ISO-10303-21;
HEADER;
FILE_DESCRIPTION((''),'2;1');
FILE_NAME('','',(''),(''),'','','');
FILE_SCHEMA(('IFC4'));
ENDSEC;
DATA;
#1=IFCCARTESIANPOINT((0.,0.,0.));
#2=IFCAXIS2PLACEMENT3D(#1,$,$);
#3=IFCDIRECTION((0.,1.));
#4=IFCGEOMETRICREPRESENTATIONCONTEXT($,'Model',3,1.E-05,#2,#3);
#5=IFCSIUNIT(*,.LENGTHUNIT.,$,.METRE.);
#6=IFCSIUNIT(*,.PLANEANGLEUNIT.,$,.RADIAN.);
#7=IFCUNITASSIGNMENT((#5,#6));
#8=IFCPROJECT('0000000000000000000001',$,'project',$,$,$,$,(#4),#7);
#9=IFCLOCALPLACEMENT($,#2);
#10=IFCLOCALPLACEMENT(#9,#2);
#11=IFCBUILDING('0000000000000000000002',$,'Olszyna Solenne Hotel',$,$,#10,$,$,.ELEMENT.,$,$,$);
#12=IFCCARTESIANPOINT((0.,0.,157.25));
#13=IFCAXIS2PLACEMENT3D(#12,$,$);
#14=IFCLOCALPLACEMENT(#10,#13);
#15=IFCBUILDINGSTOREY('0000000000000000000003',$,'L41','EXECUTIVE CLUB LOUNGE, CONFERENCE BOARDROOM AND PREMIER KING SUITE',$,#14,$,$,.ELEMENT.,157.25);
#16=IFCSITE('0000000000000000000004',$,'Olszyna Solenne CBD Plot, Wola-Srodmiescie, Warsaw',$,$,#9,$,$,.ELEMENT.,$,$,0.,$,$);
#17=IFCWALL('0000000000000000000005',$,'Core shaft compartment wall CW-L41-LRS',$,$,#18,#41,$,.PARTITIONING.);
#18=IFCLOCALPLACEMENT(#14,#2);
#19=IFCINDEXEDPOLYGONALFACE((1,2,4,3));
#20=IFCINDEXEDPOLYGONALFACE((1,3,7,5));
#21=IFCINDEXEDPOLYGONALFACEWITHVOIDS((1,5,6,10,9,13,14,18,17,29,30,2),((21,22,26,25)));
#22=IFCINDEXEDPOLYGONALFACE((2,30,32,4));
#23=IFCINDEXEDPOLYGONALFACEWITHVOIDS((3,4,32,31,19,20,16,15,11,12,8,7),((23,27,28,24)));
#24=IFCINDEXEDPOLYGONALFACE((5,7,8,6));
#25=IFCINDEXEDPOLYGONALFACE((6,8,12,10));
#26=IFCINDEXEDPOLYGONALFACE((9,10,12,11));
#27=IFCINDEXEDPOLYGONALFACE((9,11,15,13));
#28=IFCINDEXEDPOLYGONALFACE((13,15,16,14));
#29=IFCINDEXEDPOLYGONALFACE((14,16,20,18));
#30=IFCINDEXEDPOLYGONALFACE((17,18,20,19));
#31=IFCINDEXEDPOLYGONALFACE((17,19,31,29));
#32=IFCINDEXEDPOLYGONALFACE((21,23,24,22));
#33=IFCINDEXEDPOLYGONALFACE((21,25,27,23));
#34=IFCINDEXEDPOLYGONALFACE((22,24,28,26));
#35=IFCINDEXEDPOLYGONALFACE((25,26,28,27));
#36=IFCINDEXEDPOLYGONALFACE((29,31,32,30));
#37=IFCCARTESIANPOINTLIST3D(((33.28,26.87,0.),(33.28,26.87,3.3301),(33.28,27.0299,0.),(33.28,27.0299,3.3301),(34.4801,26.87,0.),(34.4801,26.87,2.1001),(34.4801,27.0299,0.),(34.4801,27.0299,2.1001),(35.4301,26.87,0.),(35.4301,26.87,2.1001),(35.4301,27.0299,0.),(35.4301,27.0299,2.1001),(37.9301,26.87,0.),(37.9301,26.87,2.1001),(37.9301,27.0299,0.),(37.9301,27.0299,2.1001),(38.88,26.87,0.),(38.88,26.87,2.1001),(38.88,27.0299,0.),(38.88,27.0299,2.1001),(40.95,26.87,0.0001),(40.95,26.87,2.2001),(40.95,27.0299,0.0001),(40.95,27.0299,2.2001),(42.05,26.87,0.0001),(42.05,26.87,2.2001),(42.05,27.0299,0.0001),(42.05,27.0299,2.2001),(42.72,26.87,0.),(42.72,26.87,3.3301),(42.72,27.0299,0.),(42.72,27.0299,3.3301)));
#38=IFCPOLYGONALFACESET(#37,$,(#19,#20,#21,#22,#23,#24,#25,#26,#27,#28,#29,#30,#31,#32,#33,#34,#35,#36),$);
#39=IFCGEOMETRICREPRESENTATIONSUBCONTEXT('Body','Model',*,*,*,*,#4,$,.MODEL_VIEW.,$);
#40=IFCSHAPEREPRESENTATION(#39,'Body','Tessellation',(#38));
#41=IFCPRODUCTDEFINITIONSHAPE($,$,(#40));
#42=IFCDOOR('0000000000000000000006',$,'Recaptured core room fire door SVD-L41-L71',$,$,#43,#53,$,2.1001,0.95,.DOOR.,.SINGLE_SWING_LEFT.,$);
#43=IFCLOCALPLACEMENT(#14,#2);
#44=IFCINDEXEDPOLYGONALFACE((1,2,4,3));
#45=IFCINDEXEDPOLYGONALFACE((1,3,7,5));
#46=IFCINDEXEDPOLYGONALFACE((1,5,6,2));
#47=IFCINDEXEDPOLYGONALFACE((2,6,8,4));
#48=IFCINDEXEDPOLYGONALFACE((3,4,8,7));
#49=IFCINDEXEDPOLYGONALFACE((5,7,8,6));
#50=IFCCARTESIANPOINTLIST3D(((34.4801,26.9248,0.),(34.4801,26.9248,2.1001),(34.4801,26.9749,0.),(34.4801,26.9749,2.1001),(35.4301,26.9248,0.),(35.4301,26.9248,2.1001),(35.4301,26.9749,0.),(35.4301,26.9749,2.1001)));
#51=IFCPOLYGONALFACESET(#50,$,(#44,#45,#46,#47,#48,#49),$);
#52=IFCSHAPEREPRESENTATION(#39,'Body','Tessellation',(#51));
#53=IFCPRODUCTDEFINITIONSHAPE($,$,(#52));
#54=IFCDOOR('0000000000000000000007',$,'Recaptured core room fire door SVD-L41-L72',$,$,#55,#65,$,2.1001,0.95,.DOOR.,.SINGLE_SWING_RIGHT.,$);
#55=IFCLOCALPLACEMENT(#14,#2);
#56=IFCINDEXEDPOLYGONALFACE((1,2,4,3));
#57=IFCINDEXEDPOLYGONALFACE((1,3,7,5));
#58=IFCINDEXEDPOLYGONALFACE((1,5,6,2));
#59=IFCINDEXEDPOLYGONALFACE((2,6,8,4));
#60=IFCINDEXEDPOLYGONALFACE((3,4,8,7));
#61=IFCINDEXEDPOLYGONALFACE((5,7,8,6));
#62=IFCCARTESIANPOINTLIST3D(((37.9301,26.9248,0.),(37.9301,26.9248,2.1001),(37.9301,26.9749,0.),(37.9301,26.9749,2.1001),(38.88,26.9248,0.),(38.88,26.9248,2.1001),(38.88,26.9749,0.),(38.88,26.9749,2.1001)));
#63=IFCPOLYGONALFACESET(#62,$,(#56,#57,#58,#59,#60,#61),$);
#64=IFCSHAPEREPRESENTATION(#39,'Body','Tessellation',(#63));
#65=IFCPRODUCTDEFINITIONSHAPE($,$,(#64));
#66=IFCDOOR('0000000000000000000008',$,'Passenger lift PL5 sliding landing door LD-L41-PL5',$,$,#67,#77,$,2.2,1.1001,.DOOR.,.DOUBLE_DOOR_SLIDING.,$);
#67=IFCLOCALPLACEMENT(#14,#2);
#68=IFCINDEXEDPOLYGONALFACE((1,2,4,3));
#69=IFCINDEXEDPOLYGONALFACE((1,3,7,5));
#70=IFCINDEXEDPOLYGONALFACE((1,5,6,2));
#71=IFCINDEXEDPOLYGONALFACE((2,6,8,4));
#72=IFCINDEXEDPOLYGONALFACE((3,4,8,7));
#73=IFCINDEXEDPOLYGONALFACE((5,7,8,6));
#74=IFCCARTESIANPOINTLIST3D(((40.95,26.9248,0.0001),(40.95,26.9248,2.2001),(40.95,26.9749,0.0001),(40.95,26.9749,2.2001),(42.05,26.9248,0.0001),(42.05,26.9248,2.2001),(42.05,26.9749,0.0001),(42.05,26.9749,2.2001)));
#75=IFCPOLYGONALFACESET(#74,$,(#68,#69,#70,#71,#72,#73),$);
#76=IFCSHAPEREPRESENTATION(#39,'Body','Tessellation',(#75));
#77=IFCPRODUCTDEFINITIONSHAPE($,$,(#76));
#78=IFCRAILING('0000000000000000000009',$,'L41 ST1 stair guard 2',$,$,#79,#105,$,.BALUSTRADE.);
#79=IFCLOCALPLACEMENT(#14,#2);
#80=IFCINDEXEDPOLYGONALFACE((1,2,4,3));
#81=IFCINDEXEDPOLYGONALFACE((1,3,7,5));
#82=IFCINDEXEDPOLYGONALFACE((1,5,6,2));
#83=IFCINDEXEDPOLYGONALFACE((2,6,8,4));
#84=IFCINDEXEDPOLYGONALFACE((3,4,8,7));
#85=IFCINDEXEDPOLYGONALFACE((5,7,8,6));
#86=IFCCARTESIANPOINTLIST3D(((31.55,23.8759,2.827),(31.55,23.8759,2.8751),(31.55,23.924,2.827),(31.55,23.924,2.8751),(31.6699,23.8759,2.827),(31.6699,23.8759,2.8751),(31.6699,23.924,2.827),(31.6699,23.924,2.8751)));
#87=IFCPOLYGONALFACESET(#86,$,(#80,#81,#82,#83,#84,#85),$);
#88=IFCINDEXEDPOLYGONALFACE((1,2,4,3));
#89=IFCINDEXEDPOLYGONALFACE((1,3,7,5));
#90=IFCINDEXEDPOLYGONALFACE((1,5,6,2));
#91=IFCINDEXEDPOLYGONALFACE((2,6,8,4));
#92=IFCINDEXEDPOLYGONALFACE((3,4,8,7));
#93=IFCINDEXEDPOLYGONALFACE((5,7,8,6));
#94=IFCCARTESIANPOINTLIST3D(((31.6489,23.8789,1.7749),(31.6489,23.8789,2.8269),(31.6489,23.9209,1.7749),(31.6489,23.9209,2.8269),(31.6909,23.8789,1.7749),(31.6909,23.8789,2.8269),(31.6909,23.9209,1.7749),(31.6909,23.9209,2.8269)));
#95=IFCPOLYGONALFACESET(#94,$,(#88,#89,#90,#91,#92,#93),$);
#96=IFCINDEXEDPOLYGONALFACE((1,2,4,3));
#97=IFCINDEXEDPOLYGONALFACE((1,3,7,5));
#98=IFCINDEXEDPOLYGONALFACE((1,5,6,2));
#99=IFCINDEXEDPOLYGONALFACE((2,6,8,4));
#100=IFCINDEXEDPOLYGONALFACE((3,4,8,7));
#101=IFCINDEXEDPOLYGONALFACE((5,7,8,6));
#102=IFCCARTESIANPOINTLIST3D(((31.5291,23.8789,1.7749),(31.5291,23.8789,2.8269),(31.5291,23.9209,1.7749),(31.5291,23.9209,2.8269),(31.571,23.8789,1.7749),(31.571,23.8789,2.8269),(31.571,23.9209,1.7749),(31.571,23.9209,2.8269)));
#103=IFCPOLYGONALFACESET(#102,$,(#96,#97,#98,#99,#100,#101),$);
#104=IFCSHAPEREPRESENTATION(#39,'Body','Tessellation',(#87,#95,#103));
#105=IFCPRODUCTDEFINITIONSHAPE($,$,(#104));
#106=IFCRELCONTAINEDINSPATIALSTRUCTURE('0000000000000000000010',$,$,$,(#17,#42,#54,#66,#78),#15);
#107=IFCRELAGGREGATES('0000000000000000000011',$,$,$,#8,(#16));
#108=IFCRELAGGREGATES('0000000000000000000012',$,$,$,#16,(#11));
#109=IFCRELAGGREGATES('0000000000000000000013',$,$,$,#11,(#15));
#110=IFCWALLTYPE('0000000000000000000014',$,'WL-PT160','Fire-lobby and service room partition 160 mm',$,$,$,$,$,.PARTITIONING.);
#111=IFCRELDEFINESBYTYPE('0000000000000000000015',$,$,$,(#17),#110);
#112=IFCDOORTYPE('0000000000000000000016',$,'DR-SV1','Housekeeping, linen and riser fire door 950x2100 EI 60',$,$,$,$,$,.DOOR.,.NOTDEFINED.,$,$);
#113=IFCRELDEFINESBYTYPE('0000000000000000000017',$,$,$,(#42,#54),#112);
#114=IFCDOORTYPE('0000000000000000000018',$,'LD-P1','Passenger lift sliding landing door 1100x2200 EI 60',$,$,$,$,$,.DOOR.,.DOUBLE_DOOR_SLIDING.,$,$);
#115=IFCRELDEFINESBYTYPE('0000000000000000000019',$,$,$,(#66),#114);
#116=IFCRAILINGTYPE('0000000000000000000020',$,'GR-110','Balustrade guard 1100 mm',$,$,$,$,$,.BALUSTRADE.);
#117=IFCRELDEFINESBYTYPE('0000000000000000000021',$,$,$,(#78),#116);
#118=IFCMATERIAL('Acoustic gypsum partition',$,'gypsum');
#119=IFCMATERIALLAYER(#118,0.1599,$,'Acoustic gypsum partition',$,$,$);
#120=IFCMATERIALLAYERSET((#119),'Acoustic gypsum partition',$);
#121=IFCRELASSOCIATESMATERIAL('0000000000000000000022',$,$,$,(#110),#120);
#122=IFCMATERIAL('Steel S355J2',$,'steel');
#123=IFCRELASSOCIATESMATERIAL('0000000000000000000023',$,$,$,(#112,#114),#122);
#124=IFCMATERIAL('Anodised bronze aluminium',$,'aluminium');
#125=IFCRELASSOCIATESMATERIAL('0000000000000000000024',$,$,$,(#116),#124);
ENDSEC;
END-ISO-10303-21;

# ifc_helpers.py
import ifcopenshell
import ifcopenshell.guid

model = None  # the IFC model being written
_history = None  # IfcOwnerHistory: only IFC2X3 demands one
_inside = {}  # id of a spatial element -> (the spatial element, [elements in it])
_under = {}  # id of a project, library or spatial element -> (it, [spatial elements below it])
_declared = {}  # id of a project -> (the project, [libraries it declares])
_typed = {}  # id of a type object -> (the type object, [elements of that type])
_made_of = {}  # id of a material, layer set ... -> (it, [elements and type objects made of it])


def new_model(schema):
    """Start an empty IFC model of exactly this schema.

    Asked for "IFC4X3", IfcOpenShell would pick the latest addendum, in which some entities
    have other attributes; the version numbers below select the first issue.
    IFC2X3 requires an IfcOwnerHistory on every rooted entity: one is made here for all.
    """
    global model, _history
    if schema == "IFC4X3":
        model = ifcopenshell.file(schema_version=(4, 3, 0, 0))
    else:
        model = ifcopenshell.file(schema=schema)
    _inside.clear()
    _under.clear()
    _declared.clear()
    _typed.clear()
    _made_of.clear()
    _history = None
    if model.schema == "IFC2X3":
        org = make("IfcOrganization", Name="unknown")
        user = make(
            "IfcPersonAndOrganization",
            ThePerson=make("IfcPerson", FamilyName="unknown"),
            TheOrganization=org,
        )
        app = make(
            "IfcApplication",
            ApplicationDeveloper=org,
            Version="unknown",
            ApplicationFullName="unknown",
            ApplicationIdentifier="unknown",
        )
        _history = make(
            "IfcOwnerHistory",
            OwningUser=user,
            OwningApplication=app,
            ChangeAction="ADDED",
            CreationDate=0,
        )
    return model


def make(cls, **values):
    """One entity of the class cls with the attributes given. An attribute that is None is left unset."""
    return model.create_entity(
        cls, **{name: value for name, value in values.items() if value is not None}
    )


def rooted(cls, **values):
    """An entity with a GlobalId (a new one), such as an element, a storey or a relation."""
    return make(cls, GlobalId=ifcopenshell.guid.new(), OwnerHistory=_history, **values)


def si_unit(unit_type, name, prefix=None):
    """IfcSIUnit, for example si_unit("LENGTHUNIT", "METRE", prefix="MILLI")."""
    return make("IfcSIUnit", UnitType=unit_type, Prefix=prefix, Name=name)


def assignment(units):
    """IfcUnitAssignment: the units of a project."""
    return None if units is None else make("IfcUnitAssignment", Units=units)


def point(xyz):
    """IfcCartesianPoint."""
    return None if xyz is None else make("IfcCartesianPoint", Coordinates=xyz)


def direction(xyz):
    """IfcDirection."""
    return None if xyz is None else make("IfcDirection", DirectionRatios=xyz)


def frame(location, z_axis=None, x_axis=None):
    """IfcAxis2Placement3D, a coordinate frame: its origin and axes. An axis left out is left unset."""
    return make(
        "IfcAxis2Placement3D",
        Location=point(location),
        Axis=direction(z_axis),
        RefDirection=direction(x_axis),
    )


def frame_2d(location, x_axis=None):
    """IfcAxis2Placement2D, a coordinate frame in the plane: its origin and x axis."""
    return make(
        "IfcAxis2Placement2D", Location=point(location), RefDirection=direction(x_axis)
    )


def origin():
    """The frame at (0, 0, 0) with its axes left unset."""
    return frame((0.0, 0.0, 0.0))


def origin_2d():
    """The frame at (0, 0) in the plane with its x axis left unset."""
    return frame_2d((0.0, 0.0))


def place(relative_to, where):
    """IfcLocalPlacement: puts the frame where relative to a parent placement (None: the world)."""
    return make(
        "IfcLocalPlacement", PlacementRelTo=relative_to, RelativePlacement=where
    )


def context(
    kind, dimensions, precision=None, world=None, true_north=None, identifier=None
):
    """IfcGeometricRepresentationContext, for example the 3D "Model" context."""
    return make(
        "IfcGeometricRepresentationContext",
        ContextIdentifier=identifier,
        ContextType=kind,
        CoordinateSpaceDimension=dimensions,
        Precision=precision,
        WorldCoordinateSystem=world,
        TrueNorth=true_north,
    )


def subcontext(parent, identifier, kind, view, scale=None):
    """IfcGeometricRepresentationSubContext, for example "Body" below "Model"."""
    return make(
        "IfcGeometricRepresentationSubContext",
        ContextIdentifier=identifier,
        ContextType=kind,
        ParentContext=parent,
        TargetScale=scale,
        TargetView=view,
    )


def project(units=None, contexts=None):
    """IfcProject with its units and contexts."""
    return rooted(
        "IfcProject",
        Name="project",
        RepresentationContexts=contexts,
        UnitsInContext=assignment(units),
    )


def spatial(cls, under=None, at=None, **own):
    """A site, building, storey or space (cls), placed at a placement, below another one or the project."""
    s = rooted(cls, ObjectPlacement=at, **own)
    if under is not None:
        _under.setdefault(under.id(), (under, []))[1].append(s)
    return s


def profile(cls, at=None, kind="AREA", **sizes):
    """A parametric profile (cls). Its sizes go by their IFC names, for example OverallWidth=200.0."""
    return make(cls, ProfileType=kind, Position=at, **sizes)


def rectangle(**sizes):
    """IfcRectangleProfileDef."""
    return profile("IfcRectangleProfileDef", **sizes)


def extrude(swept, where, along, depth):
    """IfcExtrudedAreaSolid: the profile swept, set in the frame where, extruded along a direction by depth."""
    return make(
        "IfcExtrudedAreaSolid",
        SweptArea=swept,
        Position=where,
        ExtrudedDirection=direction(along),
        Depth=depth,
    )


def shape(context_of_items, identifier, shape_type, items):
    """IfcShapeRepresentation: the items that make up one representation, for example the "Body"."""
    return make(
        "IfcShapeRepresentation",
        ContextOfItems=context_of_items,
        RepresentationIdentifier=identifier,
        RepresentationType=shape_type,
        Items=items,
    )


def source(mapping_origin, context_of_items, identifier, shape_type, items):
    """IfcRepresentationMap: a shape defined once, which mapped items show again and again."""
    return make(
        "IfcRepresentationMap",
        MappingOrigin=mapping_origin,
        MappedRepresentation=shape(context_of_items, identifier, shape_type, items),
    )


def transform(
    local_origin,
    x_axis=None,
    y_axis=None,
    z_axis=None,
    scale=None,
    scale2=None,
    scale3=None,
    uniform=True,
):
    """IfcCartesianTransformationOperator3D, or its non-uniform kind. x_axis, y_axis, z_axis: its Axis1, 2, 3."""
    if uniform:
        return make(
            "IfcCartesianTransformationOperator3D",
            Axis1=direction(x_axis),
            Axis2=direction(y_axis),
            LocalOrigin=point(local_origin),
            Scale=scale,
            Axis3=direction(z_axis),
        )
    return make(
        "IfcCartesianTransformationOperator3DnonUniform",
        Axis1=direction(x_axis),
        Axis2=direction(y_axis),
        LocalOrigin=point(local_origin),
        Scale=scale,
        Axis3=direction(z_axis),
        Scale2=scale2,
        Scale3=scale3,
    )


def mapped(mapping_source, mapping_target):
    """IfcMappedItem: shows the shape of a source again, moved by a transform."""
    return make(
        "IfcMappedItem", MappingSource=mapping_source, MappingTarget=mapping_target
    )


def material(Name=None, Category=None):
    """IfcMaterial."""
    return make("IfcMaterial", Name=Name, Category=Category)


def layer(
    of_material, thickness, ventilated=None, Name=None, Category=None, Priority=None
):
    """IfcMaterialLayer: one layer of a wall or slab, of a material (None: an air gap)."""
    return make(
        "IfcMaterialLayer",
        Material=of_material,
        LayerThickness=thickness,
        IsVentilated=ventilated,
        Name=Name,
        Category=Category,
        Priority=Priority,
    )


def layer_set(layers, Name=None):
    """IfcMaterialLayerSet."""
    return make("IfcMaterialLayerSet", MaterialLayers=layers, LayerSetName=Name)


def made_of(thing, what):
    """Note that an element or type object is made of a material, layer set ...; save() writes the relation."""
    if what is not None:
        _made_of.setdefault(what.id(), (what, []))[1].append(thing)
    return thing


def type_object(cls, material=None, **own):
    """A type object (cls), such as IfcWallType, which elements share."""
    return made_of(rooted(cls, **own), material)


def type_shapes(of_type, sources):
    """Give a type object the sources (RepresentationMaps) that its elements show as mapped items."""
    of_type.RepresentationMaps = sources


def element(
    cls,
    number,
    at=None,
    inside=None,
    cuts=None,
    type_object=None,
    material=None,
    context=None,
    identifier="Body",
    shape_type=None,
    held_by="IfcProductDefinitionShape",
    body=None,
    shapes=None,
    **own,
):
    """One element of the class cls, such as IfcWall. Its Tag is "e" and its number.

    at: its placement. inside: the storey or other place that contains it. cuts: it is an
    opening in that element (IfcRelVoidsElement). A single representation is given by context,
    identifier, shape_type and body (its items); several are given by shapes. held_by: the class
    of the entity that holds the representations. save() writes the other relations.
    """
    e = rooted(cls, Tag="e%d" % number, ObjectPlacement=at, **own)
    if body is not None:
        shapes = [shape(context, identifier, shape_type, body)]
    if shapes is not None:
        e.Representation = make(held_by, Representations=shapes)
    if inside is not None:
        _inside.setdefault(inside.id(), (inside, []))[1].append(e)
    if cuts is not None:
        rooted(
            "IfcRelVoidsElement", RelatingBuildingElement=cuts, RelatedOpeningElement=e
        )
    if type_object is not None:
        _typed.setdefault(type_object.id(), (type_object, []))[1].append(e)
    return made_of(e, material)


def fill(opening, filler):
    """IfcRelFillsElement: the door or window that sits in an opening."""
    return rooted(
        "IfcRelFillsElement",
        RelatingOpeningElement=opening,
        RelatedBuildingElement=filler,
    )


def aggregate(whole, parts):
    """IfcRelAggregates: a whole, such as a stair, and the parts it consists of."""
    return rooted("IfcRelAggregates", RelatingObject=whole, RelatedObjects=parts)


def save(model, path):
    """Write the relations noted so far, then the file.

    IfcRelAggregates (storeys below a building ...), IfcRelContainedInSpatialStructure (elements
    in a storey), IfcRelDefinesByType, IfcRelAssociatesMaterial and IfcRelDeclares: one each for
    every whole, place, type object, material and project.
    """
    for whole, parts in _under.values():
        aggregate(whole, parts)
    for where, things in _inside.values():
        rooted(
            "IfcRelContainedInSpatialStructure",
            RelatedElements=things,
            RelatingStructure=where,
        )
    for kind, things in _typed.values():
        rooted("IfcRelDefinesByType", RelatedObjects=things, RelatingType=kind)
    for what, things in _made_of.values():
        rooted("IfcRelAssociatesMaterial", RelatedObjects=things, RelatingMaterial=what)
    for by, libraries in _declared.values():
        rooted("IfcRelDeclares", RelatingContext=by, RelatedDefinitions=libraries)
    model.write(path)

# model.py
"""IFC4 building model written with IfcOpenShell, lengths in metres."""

from ifc_helpers import new_model, si_unit, direction, frame, frame_2d, origin, origin_2d, place, context, subcontext, project, spatial, rectangle, extrude, source, transform, mapped, material, layer, layer_set, type_object, type_shapes, element, fill, save


model = new_model("IFC4")

# Units and contexts
model_context = context("Model", 3, precision=1e-05, world=origin(), true_north=direction((0.0, 1.0)))
body_context = subcontext(model_context, "Body", "Model", "MODEL_VIEW")
ifc_project = project(units=[si_unit("LENGTHUNIT", "METRE"), si_unit("PLANEANGLEUNIT", "RADIAN")], contexts=[model_context])

# Site, building, storey
site_placement = place(None, origin())
site = spatial("IfcSite", under=ifc_project, at=site_placement, Name="Olszyna Solenne CBD Plot, Wola-Srodmiescie, Warsaw", CompositionType="ELEMENT", RefElevation=0.0)
building_placement = place(site_placement, origin())
building = spatial("IfcBuilding", under=site, at=building_placement, Name="Olszyna Solenne Hotel", CompositionType="ELEMENT")
storey_placement = place(building_placement, frame((0.0, 0.0, 157.25)))
storey = spatial("IfcBuildingStorey", under=building, at=storey_placement, Name="L41", Description="EXECUTIVE CLUB LOUNGE, CONFERENCE BOARDROOM AND PREMIER KING SUITE", CompositionType="ELEMENT", Elevation=157.25)

# Shared definitions
ifc_material_1 = material(Name="Steel S355J2", Category="steel")

# Shared definitions
ifc_material_2 = material(Name="Acoustic gypsum partition", Category="gypsum")
ifc_layer = layer(ifc_material_2, 0.1599, Name="Acoustic gypsum partition")
ifc_layer_set = layer_set([ifc_layer], Name="Acoustic gypsum partition")
wall_type = type_object("IfcWallType", Name="WL-PT160", Description="Fire-lobby and service room partition 160 mm", PredefinedType="PARTITIONING", material=ifc_layer_set)

# Wall, openings, doors
wall_1_placement = place(storey_placement, frame((33.28, 26.95, 0.0), z_axis=(0.0, 0.0, 1.0), x_axis=(1.0, 0.0, 0.0)))
wall_1 = element("IfcWall", 1, at=wall_1_placement, inside=storey, type_object=wall_type, Name="Core shaft compartment wall CW-L41-LRS", PredefinedType="PARTITIONING", context=body_context, shape_type="SweptSolid", body=[
    extrude(rectangle(XDim=9.4399, YDim=0.1599, at=frame_2d((4.72, 0.0))), origin(), (0.0, 0.0, 1.0), 3.3301),
])
opening_1_placement = place(wall_1_placement, frame((1.2, 0.0, 0.0)))
opening_1 = element("IfcOpeningElement", 2, at=opening_1_placement, cuts=wall_1, PredefinedType="OPENING", context=body_context, shape_type="SweptSolid", body=[
    extrude(rectangle(XDim=0.95, YDim=2.1001, at=frame_2d((0.4751, 1.05))), frame((0.0, 0.0898, 0.0), z_axis=(0.0, -1.0, 0.0), x_axis=(1.0, 0.0, 0.0)), (0.0, 0.0, 1.0), 0.1799),
])
opening_2_placement = place(wall_1_placement, frame((4.6499, 0.0, 0.0)))
opening_2 = element("IfcOpeningElement", 3, at=opening_2_placement, cuts=wall_1, PredefinedType="OPENING", context=body_context, shape_type="SweptSolid", body=[
    extrude(rectangle(XDim=0.95, YDim=2.1001, at=frame_2d((0.4751, 1.05))), frame((0.0, 0.0898, 0.0), z_axis=(0.0, -1.0, 0.0), x_axis=(1.0, 0.0, 0.0)), (0.0, 0.0, 1.0), 0.1799),
])
opening_3_placement = place(wall_1_placement, frame((7.6699, 0.0, 0.0)))
opening_3 = element("IfcOpeningElement", 4, at=opening_3_placement, cuts=wall_1, PredefinedType="OPENING", context=body_context, shape_type="SweptSolid", body=[
    extrude(rectangle(XDim=1.1001, YDim=2.2, at=frame_2d((0.55, 1.1001))), frame((0.0, 0.0898, 0.0), z_axis=(0.0, -1.0, 0.0), x_axis=(1.0, 0.0, 0.0)), (0.0, 0.0, 1.0), 0.1799),
])
door_type_1 = type_object("IfcDoorType", Name="DR-SV1", Description="Housekeeping, linen and riser fire door 950x2100 EI 60", OperationType="NOTDEFINED", PredefinedType="DOOR", material=ifc_material_1)
shared_shape_1 = source(origin(), body_context, "Body", "SweptSolid", [
    extrude(rectangle(XDim=0.95, YDim=2.1001, at=frame_2d((0.4751, 1.05))), frame((0.0, 0.0249, 0.0), z_axis=(0.0, -1.0, 0.0), x_axis=(1.0, 0.0, 0.0)), (0.0, 0.0, 1.0), 0.05),
])
type_shapes(door_type_1, [shared_shape_1])
door_1_placement = place(opening_1_placement, origin())
door_1 = element("IfcDoor", 5, at=door_1_placement, inside=storey, type_object=door_type_1, Name="Recaptured core room fire door SVD-L41-L71", OperationType="SINGLE_SWING_LEFT", OverallHeight=2.1001, OverallWidth=0.95, PredefinedType="DOOR", context=body_context, shape_type="MappedRepresentation", body=[
    mapped(shared_shape_1, transform((0.0, 0.0, 0.0), x_axis=(1.0, 0.0, 0.0), y_axis=(0.0, 1.0, 0.0), z_axis=(0.0, 0.0, 1.0), scale=1.0)),
])
fill(opening_1, door_1)
door_2_placement = place(opening_2_placement, origin())
door_2 = element("IfcDoor", 6, at=door_2_placement, inside=storey, type_object=door_type_1, Name="Recaptured core room fire door SVD-L41-L72", OperationType="SINGLE_SWING_RIGHT", OverallHeight=2.1001, OverallWidth=0.95, PredefinedType="DOOR", context=body_context, shape_type="MappedRepresentation", body=[
    mapped(shared_shape_1, transform((0.0, 0.0, 0.0), x_axis=(1.0, 0.0, 0.0), y_axis=(0.0, 1.0, 0.0), z_axis=(0.0, 0.0, 1.0), scale=1.0)),
])
fill(opening_2, door_2)
door_type_2 = type_object("IfcDoorType", Name="LD-P1", Description="Passenger lift sliding landing door 1100x2200 EI 60", OperationType="DOUBLE_DOOR_SLIDING", PredefinedType="DOOR", material=ifc_material_1)
shared_shape_2 = source(origin(), body_context, "Body", "SweptSolid", [
    extrude(rectangle(XDim=1.1001, YDim=2.2, at=frame_2d((0.55, 1.1001))), frame((0.0, 0.0249, 0.0), z_axis=(0.0, -1.0, 0.0), x_axis=(1.0, 0.0, 0.0)), (0.0, 0.0, 1.0), 0.05),
])
type_shapes(door_type_2, [shared_shape_2])
door_3_placement = place(opening_3_placement, origin())
door_3 = element("IfcDoor", 7, at=door_3_placement, inside=storey, type_object=door_type_2, Name="Passenger lift PL5 sliding landing door LD-L41-PL5", OperationType="DOUBLE_DOOR_SLIDING", OverallHeight=2.2, OverallWidth=1.1001, PredefinedType="DOOR", context=body_context, shape_type="MappedRepresentation", body=[
    mapped(shared_shape_2, transform((0.0, 0.0, 0.0), x_axis=(1.0, 0.0, 0.0), y_axis=(0.0, 1.0, 0.0), z_axis=(0.0, 0.0, 1.0), scale=1.0)),
])
fill(opening_3, door_3)

# Railing
ifc_material_3 = material(Name="Anodised bronze aluminium", Category="aluminium")
railing_type = type_object("IfcRailingType", Name="GR-110", Description="Balustrade guard 1100 mm", PredefinedType="BALUSTRADE", material=ifc_material_3)
railing_placement = place(storey_placement, frame((31.6699, 23.8999, 1.7749)))
element("IfcRailing", 8, at=railing_placement, inside=storey, type_object=railing_type, Name="L41 ST1 stair guard 2", PredefinedType="BALUSTRADE", context=body_context, shape_type="SweptSolid", body=[
    extrude(rectangle(XDim=0.0481, YDim=0.0481, at=origin_2d()), frame((0.0, 0.0, 1.0762), z_axis=(-1.0, 0.0, 0.0), x_axis=(0.0, -1.0, 0.0)), (0.0, 0.0, 1.0), 0.1199),
    extrude(rectangle(XDim=0.042, YDim=0.042, at=origin_2d()), origin(), (0.0, 0.0, 1.0), 1.052),
    extrude(rectangle(XDim=0.042, YDim=0.042, at=origin_2d()), frame((-0.1199, 0.0, 0.0)), (0.0, 0.0, 1.0), 1.052),
])

save(model, "model.ifc")
